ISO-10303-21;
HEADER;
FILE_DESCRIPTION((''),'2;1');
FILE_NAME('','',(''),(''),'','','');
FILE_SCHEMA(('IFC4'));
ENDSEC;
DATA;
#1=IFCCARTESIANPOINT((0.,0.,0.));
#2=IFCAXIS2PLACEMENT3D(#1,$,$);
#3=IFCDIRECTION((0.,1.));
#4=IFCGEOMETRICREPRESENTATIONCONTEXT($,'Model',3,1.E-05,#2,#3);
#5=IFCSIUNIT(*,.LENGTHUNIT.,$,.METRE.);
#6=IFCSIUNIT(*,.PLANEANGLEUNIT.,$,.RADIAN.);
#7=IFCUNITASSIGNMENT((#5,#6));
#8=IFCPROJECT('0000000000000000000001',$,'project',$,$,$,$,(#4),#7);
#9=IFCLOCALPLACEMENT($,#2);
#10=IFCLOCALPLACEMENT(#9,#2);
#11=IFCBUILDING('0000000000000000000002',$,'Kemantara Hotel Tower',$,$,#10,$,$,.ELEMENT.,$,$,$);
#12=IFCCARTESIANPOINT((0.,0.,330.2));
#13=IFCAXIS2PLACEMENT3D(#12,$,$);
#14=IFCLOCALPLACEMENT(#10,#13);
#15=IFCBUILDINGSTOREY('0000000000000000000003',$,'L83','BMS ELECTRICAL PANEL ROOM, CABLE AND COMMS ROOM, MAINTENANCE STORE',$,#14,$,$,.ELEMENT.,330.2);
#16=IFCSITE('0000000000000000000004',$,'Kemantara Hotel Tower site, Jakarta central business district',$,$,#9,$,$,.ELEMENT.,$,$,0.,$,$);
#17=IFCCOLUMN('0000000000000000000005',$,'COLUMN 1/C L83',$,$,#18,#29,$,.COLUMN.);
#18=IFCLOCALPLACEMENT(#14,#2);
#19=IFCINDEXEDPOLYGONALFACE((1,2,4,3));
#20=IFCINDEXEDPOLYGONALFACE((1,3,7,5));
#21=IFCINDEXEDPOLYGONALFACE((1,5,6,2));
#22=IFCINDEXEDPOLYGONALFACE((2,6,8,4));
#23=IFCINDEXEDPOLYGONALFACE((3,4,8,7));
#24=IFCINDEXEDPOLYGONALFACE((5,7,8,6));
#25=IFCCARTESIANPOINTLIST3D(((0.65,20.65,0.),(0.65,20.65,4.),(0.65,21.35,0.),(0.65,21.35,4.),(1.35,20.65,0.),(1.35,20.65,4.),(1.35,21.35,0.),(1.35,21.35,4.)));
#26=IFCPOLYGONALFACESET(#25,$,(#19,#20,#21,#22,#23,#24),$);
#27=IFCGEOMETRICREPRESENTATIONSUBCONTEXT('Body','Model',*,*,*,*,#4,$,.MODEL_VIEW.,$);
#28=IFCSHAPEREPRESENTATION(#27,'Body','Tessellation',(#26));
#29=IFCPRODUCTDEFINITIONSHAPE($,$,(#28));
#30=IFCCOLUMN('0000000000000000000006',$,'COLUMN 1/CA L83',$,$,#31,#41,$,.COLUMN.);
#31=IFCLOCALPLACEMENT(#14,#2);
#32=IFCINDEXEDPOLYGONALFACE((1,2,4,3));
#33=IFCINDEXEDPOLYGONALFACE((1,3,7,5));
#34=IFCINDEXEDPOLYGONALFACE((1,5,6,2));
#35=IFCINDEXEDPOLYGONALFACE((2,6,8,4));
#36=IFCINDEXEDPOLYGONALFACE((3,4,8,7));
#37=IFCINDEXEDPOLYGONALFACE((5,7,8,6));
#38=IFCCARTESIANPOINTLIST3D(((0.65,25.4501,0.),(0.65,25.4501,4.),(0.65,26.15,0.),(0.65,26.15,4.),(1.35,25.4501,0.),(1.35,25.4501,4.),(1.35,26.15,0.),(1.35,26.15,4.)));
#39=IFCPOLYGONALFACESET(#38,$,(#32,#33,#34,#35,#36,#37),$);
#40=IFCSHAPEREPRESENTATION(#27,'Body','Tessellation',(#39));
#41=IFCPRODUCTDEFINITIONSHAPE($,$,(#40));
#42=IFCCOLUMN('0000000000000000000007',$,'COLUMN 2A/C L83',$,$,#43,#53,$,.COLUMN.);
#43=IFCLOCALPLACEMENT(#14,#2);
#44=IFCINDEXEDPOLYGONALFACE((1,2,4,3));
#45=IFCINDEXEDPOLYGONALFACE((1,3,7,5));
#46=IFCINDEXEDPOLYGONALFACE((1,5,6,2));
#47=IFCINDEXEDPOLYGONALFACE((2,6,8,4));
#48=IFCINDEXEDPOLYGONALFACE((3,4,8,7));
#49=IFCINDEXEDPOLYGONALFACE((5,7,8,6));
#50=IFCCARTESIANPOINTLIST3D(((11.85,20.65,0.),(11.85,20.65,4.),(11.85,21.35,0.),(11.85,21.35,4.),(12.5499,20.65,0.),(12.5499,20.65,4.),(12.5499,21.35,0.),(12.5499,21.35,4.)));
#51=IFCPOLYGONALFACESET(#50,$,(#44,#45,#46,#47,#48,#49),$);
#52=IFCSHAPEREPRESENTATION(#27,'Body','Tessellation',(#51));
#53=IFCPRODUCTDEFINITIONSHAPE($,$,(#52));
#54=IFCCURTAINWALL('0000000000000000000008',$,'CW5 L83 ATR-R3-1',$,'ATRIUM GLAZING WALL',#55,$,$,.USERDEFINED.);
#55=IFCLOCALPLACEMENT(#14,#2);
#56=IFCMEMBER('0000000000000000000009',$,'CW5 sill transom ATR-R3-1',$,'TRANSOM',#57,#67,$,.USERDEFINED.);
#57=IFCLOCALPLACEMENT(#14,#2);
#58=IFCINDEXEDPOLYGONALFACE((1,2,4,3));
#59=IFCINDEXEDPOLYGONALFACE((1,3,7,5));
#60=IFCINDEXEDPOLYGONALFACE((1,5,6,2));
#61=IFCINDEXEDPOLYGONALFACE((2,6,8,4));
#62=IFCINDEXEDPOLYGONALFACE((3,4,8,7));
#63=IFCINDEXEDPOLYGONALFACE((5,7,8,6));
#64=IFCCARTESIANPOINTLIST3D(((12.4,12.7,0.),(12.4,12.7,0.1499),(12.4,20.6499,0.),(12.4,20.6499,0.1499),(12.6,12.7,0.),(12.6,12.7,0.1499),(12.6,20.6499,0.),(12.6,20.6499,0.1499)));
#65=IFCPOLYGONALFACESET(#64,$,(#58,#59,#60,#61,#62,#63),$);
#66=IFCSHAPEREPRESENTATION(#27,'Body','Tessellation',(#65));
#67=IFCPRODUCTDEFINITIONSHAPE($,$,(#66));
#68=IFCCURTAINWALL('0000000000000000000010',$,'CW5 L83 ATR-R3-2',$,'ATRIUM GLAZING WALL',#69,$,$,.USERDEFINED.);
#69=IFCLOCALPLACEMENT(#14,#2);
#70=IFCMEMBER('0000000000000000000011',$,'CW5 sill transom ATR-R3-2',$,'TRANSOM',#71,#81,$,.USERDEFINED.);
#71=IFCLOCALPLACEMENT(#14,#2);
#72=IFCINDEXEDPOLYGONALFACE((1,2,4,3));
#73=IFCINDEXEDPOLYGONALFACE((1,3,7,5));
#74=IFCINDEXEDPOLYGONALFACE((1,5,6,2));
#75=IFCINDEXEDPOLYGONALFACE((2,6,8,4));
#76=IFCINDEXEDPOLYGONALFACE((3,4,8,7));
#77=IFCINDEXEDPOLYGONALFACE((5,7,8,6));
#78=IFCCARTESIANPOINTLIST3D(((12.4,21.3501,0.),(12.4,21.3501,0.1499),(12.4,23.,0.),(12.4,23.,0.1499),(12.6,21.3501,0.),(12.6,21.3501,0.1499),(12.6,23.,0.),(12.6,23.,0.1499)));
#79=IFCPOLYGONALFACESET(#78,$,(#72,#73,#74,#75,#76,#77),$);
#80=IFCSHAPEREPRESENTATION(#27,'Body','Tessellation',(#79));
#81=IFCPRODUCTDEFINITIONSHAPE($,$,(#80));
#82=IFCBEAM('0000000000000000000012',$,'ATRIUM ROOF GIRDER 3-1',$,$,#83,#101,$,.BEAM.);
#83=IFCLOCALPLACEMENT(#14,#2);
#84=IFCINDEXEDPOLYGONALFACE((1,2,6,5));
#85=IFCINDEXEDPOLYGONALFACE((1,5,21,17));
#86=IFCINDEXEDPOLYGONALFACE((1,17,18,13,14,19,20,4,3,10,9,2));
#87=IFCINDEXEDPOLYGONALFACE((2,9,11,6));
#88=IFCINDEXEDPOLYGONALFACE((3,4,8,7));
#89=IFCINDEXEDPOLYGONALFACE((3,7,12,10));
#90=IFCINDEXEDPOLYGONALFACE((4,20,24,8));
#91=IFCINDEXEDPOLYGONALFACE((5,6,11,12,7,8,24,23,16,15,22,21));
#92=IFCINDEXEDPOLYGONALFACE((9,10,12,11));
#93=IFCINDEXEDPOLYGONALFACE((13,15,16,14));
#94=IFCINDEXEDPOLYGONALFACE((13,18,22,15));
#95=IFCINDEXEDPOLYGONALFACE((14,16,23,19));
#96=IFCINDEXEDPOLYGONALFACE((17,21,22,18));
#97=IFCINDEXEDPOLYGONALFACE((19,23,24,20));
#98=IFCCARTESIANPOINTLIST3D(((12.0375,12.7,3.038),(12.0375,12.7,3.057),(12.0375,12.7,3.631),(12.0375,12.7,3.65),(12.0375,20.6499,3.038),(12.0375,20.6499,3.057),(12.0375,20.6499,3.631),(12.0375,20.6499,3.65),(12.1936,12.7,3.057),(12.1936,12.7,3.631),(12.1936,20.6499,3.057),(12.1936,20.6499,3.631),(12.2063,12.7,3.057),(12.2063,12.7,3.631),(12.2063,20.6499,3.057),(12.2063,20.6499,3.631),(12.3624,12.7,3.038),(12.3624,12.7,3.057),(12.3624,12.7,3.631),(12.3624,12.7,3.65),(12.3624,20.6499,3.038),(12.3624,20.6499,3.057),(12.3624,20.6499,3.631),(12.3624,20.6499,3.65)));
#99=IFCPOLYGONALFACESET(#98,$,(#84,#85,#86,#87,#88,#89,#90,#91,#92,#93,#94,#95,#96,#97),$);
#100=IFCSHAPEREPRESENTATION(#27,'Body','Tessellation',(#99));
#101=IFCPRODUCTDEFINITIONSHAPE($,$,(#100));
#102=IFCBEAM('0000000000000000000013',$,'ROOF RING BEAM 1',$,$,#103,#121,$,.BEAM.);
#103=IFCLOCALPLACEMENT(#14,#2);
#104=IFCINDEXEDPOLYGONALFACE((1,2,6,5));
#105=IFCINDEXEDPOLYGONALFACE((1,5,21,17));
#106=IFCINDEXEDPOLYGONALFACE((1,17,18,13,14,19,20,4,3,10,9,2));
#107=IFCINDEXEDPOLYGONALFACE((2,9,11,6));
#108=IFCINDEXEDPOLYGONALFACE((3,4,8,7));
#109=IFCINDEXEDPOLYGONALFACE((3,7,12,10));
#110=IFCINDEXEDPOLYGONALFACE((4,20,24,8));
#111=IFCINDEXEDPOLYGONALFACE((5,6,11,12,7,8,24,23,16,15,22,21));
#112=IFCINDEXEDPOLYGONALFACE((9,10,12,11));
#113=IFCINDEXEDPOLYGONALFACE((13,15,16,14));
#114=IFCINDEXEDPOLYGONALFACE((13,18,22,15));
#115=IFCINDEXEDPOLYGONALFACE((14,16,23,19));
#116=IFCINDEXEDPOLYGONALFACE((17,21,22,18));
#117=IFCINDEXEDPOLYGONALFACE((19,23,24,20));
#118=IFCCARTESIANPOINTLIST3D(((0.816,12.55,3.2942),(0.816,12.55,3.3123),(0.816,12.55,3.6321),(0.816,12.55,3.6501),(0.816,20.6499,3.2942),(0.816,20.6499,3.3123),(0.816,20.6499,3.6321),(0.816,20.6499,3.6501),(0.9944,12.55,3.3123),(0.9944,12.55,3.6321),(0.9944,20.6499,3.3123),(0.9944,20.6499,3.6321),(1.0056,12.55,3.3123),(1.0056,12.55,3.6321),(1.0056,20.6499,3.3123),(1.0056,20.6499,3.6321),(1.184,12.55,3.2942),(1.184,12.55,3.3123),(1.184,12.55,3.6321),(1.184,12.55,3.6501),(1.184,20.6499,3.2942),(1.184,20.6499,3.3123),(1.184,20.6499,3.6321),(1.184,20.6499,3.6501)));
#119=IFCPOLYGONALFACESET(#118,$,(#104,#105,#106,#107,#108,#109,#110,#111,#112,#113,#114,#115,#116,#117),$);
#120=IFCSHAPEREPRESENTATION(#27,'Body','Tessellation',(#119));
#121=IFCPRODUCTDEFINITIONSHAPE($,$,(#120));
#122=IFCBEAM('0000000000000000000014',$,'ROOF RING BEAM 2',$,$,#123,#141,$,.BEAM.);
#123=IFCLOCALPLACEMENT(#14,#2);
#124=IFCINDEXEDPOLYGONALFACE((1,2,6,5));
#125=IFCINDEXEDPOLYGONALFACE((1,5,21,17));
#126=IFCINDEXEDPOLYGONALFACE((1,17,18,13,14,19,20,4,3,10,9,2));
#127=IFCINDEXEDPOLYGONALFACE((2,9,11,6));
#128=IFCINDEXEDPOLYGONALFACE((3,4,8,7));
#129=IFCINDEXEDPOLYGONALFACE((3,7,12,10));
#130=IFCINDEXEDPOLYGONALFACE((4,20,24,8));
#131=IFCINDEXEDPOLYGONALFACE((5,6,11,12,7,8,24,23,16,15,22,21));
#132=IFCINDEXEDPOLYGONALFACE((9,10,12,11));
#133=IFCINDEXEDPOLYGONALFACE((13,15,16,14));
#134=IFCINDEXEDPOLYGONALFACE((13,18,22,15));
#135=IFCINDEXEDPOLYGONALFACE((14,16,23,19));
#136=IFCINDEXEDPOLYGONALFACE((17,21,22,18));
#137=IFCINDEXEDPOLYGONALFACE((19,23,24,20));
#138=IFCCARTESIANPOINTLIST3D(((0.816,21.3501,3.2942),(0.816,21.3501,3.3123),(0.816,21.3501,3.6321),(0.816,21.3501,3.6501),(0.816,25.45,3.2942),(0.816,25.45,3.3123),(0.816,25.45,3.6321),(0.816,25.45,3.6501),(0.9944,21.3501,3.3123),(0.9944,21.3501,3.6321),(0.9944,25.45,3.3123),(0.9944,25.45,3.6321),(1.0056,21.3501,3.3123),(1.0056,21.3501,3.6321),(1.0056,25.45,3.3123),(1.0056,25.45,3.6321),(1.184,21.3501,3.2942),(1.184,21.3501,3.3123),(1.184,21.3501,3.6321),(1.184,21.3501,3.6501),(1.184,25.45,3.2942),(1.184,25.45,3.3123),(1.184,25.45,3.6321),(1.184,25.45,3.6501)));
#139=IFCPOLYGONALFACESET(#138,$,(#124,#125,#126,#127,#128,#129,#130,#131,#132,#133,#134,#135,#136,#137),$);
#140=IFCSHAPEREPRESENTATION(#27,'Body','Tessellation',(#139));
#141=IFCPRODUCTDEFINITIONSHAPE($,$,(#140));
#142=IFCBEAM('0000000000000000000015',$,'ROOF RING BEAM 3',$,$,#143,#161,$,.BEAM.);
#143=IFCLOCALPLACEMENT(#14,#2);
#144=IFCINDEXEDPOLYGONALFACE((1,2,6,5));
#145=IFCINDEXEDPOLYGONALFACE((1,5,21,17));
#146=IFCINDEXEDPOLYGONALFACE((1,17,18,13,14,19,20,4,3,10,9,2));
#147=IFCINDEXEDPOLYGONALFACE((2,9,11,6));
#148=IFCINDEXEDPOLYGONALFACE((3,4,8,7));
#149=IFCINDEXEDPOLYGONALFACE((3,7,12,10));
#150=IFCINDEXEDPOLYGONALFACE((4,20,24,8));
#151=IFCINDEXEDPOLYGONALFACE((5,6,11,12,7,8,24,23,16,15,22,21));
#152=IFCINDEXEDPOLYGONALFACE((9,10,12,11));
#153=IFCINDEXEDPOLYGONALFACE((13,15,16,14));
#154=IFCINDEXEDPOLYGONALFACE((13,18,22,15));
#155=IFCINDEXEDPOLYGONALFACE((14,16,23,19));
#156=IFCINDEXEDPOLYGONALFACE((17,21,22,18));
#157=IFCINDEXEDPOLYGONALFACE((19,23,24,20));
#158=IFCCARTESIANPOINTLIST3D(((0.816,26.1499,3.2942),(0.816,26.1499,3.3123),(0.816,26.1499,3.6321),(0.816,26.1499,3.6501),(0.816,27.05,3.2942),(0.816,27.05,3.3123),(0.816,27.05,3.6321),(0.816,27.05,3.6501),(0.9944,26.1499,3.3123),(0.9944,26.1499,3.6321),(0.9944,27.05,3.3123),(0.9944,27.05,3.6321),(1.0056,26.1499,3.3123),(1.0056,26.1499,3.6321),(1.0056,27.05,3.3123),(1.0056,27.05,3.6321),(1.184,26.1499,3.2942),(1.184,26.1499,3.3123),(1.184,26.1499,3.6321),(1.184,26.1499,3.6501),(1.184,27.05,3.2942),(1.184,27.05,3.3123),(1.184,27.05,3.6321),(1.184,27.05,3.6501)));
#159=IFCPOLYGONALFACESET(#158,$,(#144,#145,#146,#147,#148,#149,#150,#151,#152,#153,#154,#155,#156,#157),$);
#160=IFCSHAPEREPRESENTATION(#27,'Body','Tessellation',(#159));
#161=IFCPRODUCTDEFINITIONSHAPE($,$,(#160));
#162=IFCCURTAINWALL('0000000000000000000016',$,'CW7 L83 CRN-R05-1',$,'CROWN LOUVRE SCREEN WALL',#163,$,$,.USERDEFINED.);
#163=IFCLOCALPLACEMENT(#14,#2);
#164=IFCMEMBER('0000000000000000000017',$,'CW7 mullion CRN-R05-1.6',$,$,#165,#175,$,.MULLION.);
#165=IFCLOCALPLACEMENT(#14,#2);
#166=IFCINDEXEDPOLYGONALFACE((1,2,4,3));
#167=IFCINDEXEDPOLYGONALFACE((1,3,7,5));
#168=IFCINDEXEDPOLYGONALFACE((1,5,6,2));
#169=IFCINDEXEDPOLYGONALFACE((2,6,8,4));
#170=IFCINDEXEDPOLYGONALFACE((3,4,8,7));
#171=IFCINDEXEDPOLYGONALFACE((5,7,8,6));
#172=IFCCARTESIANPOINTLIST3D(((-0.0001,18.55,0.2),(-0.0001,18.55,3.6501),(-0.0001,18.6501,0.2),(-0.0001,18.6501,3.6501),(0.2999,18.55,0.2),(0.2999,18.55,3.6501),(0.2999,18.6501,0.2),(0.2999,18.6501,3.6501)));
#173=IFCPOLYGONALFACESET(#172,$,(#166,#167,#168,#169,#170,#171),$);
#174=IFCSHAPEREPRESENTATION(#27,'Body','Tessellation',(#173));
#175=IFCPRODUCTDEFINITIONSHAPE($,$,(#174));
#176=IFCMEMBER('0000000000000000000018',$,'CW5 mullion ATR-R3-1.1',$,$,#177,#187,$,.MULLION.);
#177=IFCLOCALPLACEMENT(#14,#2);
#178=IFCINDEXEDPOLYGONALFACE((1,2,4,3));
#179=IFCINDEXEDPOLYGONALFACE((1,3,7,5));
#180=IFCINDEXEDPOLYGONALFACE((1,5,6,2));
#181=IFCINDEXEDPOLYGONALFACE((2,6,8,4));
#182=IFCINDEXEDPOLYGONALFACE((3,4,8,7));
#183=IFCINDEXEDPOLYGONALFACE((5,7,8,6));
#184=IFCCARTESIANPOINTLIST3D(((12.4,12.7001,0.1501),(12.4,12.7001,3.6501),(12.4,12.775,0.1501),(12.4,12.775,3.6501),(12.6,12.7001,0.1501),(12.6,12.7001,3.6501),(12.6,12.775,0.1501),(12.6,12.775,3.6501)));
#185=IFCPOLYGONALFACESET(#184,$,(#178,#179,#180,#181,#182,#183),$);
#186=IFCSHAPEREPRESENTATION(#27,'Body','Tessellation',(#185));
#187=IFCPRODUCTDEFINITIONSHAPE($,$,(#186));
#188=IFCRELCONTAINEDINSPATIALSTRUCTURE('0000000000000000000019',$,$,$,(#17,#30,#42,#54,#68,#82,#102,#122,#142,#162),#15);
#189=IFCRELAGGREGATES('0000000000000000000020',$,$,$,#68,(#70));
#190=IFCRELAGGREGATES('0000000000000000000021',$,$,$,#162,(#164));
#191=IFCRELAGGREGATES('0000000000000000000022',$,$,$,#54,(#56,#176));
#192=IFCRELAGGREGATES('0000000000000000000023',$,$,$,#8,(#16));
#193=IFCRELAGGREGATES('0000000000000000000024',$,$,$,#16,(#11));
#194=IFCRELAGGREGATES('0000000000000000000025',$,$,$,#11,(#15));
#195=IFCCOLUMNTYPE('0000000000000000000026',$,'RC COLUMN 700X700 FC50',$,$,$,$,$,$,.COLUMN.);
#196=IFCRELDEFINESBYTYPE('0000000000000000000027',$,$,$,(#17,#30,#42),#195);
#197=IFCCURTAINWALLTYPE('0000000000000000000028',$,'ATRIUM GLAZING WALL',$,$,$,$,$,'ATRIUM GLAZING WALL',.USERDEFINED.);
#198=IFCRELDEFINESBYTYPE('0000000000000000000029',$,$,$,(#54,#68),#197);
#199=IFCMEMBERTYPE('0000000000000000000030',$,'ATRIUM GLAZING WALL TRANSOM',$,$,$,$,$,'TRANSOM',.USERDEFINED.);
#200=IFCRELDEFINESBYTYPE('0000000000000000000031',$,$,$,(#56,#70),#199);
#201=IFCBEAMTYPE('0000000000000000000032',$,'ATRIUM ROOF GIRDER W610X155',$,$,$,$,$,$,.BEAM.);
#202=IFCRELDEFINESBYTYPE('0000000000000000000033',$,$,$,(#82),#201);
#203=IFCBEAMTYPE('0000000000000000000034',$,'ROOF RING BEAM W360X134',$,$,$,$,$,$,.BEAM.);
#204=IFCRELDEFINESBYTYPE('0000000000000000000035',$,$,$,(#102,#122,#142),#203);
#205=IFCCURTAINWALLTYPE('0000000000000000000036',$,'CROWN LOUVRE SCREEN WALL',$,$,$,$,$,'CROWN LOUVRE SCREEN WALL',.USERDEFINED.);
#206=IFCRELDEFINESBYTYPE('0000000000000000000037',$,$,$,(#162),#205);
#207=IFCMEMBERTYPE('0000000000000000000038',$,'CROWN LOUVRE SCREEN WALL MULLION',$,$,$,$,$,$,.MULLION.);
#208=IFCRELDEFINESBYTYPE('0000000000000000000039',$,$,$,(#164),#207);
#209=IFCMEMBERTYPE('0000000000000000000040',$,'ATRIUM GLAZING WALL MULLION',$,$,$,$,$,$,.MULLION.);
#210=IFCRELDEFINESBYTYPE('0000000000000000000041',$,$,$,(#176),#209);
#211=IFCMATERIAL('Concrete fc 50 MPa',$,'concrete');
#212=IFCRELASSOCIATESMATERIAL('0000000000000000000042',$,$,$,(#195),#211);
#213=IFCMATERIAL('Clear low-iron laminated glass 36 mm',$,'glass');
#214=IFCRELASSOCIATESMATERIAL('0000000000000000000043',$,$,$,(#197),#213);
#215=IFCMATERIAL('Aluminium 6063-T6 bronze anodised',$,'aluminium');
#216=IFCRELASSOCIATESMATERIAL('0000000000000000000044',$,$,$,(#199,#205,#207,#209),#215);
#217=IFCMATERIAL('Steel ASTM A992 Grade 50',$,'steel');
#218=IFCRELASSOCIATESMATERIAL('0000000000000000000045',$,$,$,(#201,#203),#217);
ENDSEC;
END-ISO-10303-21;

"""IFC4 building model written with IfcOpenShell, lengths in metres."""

from ifc_helpers import new_model, si_unit, direction, frame, origin, origin_2d, place, context, subcontext, project, spatial, rectangle, i_section, extrude, source, transform, mapped, material, material_profile, profile_set, type_object, element, aggregate, save


model = new_model("IFC4")

# Units and contexts
model_context = context("Model", 3, precision=1e-05, world=origin(), true_north=direction((0.0, 1.0)))
body_context = subcontext(model_context, "Body", "Model", "MODEL_VIEW")
ifc_project = project(units=[si_unit("LENGTHUNIT", "METRE"), si_unit("PLANEANGLEUNIT", "RADIAN")], contexts=[model_context])

# Site, building, storey
site_placement = place(None, origin())
site = spatial("IfcSite", under=ifc_project, at=site_placement, Name="Kemantara Hotel Tower site, Jakarta central business district", CompositionType="ELEMENT", RefElevation=0.0)
building_placement = place(site_placement, origin())
building = spatial("IfcBuilding", under=site, at=building_placement, Name="Kemantara Hotel Tower", CompositionType="ELEMENT")
storey_placement = place(building_placement, frame((0.0, 0.0, 330.2)))
storey = spatial("IfcBuildingStorey", under=building, at=storey_placement, Name="L83", Description="BMS ELECTRICAL PANEL ROOM, CABLE AND COMMS ROOM, MAINTENANCE STORE", CompositionType="ELEMENT", Elevation=330.2)

# Columns
ifc_material_1 = material(Name="Concrete fc 50 MPa", Category="concrete")
ifc_material_profile_1 = material_profile(ifc_material_1, rectangle(XDim=0.7, YDim=0.7, at=origin_2d()), Name="RC 700X700")
ifc_profile_set_1 = profile_set([ifc_material_profile_1], Name="Concrete fc 50 MPa")
column_type = type_object("IfcColumnType", Name="RC COLUMN 700X700 FC50", PredefinedType="COLUMN", material=ifc_profile_set_1)
for number, where, z_axis, x_axis, name in (
    (1, (1.0, 21.0, 0.0), (0.0, 0.0, 1.0), (1.0, 0.0, 0.0), "COLUMN 1/C L83"),
    (2, (1.0, 25.8, 0.0), (0.0, 0.0, 1.0), (1.0, 0.0, 0.0), "COLUMN 1/CA L83"),
    (3, (12.2, 21.0, 0.0), (0.0, 0.0, 1.0), (1.0, 0.0, 0.0), "COLUMN 2A/C L83"),
):
    element("IfcColumn", number, at=place(storey_placement, frame(where, z_axis=z_axis, x_axis=x_axis)), inside=storey, type_object=column_type, Name=name, PredefinedType="COLUMN", context=body_context, shape_type="SweptSolid", body=[
        extrude(rectangle(XDim=0.7, YDim=0.7, at=origin_2d()), origin(), (0.0, 0.0, 1.0), 4.0),
    ])

# Curtain walls, members
ifc_material_2 = material(Name="Clear low-iron laminated glass 36 mm", Category="glass")
curtain_wall_type_1 = type_object("IfcCurtainWallType", Name="ATRIUM GLAZING WALL", ElementType="ATRIUM GLAZING WALL", PredefinedType="USERDEFINED", material=ifc_material_2)
curtain_wall_1_placement = place(storey_placement, origin())
curtain_wall_1 = element("IfcCurtainWall", 4, at=curtain_wall_1_placement, inside=storey, type_object=curtain_wall_type_1, Name="CW5 L83 ATR-R3-1", ObjectType="ATRIUM GLAZING WALL", PredefinedType="USERDEFINED")
ifc_material_3 = material(Name="Aluminium 6063-T6 bronze anodised", Category="aluminium")
ifc_material_profile_2 = material_profile(ifc_material_3, rectangle(XDim=0.2, YDim=0.1499, at=origin_2d()), Name="ATRIUM GLAZING WALL TRANSOM")
ifc_profile_set_2 = profile_set([ifc_material_profile_2], Name="Aluminium 6063-T6 bronze anodised")
member_type_1 = type_object("IfcMemberType", Name="ATRIUM GLAZING WALL TRANSOM", ElementType="TRANSOM", PredefinedType="USERDEFINED", material=ifc_profile_set_2)
member_1_placement = place(storey_placement, frame((12.5, 12.7, 0.075), z_axis=(0.0, 1.0, 0.0), x_axis=(-1.0, 0.0, 0.0)))
member_1 = element("IfcMember", 5, at=member_1_placement, type_object=member_type_1, Name="CW5 sill transom ATR-R3-1", ObjectType="TRANSOM", PredefinedType="USERDEFINED", context=body_context, shape_type="SweptSolid", body=[
    extrude(rectangle(XDim=0.2, YDim=0.1499, at=origin_2d()), origin(), (0.0, 0.0, 1.0), 7.95),
])
curtain_wall_2_placement = place(storey_placement, origin())
curtain_wall_2 = element("IfcCurtainWall", 6, at=curtain_wall_2_placement, inside=storey, type_object=curtain_wall_type_1, Name="CW5 L83 ATR-R3-2", ObjectType="ATRIUM GLAZING WALL", PredefinedType="USERDEFINED")
member_2_placement = place(storey_placement, frame((12.5, 21.3501, 0.075), z_axis=(0.0, 1.0, 0.0), x_axis=(-1.0, 0.0, 0.0)))
member_2 = element("IfcMember", 7, at=member_2_placement, type_object=member_type_1, Name="CW5 sill transom ATR-R3-2", ObjectType="TRANSOM", PredefinedType="USERDEFINED", context=body_context, shape_type="SweptSolid", body=[
    extrude(rectangle(XDim=0.2, YDim=0.1499, at=origin_2d()), origin(), (0.0, 0.0, 1.0), 1.6499),
])

# Beams
ifc_material_4 = material(Name="Steel ASTM A992 Grade 50", Category="steel")
ifc_material_profile_3 = material_profile(ifc_material_4, i_section(OverallWidth=0.325, OverallDepth=0.6121, WebThickness=0.0127, FlangeThickness=0.019, at=origin_2d()), Name="W610X155")
ifc_profile_set_3 = profile_set([ifc_material_profile_3], Name="Steel ASTM A992 Grade 50")
beam_type_1 = type_object("IfcBeamType", Name="ATRIUM ROOF GIRDER W610X155", PredefinedType="BEAM", material=ifc_profile_set_3)
beam_1_placement = place(storey_placement, frame((12.2, 12.7, 3.344), z_axis=(0.0, 1.0, 0.0), x_axis=(-1.0, 0.0, 0.0)))
element("IfcBeam", 8, at=beam_1_placement, inside=storey, type_object=beam_type_1, Name="ATRIUM ROOF GIRDER 3-1", PredefinedType="BEAM", context=body_context, shape_type="SweptSolid", body=[
    extrude(i_section(OverallWidth=0.325, OverallDepth=0.6121, WebThickness=0.0127, FlangeThickness=0.019, at=origin_2d()), origin(), (0.0, 0.0, 1.0), 7.95),
])
ifc_material_profile_4 = material_profile(ifc_material_4, i_section(OverallWidth=0.3679, OverallDepth=0.356, WebThickness=0.0112, FlangeThickness=0.0181, at=origin_2d()), Name="W360X134")
ifc_profile_set_4 = profile_set([ifc_material_profile_4], Name="Steel ASTM A992 Grade 50")
beam_type_2 = type_object("IfcBeamType", Name="ROOF RING BEAM W360X134", PredefinedType="BEAM", material=ifc_profile_set_4)
beam_2_placement = place(storey_placement, frame((1.0, 12.55, 3.4722), z_axis=(0.0, 1.0, 0.0), x_axis=(-1.0, 0.0, 0.0)))
element("IfcBeam", 9, at=beam_2_placement, inside=storey, type_object=beam_type_2, Name="ROOF RING BEAM 1", PredefinedType="BEAM", context=body_context, shape_type="SweptSolid", body=[
    extrude(i_section(OverallWidth=0.3679, OverallDepth=0.356, WebThickness=0.0112, FlangeThickness=0.0181, at=origin_2d()), origin(), (0.0, 0.0, 1.0), 8.0999),
])
beam_3_placement = place(storey_placement, frame((1.0, 21.3501, 3.4722), z_axis=(0.0, 1.0, 0.0), x_axis=(-1.0, 0.0, 0.0)))
element("IfcBeam", 10, at=beam_3_placement, inside=storey, type_object=beam_type_2, Name="ROOF RING BEAM 2", PredefinedType="BEAM", context=body_context, shape_type="SweptSolid", body=[
    extrude(i_section(OverallWidth=0.3679, OverallDepth=0.356, WebThickness=0.0112, FlangeThickness=0.0181, at=origin_2d()), origin(), (0.0, 0.0, 1.0), 4.0999),
])
beam_4_placement = place(storey_placement, frame((1.0, 26.1499, 3.4722), z_axis=(0.0, 1.0, 0.0), x_axis=(-1.0, 0.0, 0.0)))
element("IfcBeam", 11, at=beam_4_placement, inside=storey, type_object=beam_type_2, Name="ROOF RING BEAM 3", PredefinedType="BEAM", context=body_context, shape_type="SweptSolid", body=[
    extrude(i_section(OverallWidth=0.3679, OverallDepth=0.356, WebThickness=0.0112, FlangeThickness=0.0181, at=origin_2d()), origin(), (0.0, 0.0, 1.0), 0.9001),
])

# Curtain wall, member
curtain_wall_type_2 = type_object("IfcCurtainWallType", Name="CROWN LOUVRE SCREEN WALL", ElementType="CROWN LOUVRE SCREEN WALL", PredefinedType="USERDEFINED", material=ifc_material_3)
curtain_wall_3_placement = place(storey_placement, origin())
curtain_wall_3 = element("IfcCurtainWall", 12, at=curtain_wall_3_placement, inside=storey, type_object=curtain_wall_type_2, Name="CW7 L83 CRN-R05-1", ObjectType="CROWN LOUVRE SCREEN WALL", PredefinedType="USERDEFINED")
ifc_material_profile_5 = material_profile(ifc_material_3, rectangle(XDim=0.3, YDim=0.1001, at=origin_2d()), Name="CROWN LOUVRE SCREEN WALL MULLION")
ifc_profile_set_5 = profile_set([ifc_material_profile_5], Name="Aluminium 6063-T6 bronze anodised")
member_type_2 = type_object("IfcMemberType", Name="CROWN LOUVRE SCREEN WALL MULLION", PredefinedType="MULLION", material=ifc_profile_set_5)
shared_shape_1 = source(origin(), body_context, "Body", "SweptSolid", [
    extrude(rectangle(XDim=0.3, YDim=0.1001, at=origin_2d()), origin(), (0.0, 0.0, 1.0), 3.4502),
])
member_3_placement = place(storey_placement, frame((0.1499, 18.6001, 0.2), z_axis=(0.0, 0.0, 1.0), x_axis=(1.0, 0.0, 0.0)))
member_3 = element("IfcMember", 13, at=member_3_placement, type_object=member_type_2, Name="CW7 mullion CRN-R05-1.6", PredefinedType="MULLION", context=body_context, shape_type="MappedRepresentation", body=[
    mapped(shared_shape_1, transform((0.0, 0.0, 0.0))),
])

# Member
ifc_material_profile_6 = material_profile(ifc_material_3, rectangle(XDim=0.2, YDim=0.075, at=origin_2d()), Name="ATRIUM GLAZING WALL MULLION")
ifc_profile_set_6 = profile_set([ifc_material_profile_6], Name="Aluminium 6063-T6 bronze anodised")
member_type_3 = type_object("IfcMemberType", Name="ATRIUM GLAZING WALL MULLION", PredefinedType="MULLION", material=ifc_profile_set_6)
shared_shape_2 = source(origin(), body_context, "Body", "SweptSolid", [
    extrude(rectangle(XDim=0.2, YDim=0.075, at=origin_2d()), origin(), (0.0, 0.0, 1.0), 3.5),
])
member_4_placement = place(storey_placement, frame((12.5, 12.7375, 0.1501), z_axis=(0.0, 0.0, 1.0), x_axis=(-1.0, 0.0, 0.0)))
member_4 = element("IfcMember", 14, at=member_4_placement, type_object=member_type_3, Name="CW5 mullion ATR-R3-1.1", PredefinedType="MULLION", context=body_context, shape_type="MappedRepresentation", body=[
    mapped(shared_shape_2, transform((0.0, 0.0, 0.0))),
])
aggregate(curtain_wall_2, [member_2])

aggregate(curtain_wall_3, [member_3])
aggregate(curtain_wall_1, [member_1, member_4])

save(model, "model.ifc")
